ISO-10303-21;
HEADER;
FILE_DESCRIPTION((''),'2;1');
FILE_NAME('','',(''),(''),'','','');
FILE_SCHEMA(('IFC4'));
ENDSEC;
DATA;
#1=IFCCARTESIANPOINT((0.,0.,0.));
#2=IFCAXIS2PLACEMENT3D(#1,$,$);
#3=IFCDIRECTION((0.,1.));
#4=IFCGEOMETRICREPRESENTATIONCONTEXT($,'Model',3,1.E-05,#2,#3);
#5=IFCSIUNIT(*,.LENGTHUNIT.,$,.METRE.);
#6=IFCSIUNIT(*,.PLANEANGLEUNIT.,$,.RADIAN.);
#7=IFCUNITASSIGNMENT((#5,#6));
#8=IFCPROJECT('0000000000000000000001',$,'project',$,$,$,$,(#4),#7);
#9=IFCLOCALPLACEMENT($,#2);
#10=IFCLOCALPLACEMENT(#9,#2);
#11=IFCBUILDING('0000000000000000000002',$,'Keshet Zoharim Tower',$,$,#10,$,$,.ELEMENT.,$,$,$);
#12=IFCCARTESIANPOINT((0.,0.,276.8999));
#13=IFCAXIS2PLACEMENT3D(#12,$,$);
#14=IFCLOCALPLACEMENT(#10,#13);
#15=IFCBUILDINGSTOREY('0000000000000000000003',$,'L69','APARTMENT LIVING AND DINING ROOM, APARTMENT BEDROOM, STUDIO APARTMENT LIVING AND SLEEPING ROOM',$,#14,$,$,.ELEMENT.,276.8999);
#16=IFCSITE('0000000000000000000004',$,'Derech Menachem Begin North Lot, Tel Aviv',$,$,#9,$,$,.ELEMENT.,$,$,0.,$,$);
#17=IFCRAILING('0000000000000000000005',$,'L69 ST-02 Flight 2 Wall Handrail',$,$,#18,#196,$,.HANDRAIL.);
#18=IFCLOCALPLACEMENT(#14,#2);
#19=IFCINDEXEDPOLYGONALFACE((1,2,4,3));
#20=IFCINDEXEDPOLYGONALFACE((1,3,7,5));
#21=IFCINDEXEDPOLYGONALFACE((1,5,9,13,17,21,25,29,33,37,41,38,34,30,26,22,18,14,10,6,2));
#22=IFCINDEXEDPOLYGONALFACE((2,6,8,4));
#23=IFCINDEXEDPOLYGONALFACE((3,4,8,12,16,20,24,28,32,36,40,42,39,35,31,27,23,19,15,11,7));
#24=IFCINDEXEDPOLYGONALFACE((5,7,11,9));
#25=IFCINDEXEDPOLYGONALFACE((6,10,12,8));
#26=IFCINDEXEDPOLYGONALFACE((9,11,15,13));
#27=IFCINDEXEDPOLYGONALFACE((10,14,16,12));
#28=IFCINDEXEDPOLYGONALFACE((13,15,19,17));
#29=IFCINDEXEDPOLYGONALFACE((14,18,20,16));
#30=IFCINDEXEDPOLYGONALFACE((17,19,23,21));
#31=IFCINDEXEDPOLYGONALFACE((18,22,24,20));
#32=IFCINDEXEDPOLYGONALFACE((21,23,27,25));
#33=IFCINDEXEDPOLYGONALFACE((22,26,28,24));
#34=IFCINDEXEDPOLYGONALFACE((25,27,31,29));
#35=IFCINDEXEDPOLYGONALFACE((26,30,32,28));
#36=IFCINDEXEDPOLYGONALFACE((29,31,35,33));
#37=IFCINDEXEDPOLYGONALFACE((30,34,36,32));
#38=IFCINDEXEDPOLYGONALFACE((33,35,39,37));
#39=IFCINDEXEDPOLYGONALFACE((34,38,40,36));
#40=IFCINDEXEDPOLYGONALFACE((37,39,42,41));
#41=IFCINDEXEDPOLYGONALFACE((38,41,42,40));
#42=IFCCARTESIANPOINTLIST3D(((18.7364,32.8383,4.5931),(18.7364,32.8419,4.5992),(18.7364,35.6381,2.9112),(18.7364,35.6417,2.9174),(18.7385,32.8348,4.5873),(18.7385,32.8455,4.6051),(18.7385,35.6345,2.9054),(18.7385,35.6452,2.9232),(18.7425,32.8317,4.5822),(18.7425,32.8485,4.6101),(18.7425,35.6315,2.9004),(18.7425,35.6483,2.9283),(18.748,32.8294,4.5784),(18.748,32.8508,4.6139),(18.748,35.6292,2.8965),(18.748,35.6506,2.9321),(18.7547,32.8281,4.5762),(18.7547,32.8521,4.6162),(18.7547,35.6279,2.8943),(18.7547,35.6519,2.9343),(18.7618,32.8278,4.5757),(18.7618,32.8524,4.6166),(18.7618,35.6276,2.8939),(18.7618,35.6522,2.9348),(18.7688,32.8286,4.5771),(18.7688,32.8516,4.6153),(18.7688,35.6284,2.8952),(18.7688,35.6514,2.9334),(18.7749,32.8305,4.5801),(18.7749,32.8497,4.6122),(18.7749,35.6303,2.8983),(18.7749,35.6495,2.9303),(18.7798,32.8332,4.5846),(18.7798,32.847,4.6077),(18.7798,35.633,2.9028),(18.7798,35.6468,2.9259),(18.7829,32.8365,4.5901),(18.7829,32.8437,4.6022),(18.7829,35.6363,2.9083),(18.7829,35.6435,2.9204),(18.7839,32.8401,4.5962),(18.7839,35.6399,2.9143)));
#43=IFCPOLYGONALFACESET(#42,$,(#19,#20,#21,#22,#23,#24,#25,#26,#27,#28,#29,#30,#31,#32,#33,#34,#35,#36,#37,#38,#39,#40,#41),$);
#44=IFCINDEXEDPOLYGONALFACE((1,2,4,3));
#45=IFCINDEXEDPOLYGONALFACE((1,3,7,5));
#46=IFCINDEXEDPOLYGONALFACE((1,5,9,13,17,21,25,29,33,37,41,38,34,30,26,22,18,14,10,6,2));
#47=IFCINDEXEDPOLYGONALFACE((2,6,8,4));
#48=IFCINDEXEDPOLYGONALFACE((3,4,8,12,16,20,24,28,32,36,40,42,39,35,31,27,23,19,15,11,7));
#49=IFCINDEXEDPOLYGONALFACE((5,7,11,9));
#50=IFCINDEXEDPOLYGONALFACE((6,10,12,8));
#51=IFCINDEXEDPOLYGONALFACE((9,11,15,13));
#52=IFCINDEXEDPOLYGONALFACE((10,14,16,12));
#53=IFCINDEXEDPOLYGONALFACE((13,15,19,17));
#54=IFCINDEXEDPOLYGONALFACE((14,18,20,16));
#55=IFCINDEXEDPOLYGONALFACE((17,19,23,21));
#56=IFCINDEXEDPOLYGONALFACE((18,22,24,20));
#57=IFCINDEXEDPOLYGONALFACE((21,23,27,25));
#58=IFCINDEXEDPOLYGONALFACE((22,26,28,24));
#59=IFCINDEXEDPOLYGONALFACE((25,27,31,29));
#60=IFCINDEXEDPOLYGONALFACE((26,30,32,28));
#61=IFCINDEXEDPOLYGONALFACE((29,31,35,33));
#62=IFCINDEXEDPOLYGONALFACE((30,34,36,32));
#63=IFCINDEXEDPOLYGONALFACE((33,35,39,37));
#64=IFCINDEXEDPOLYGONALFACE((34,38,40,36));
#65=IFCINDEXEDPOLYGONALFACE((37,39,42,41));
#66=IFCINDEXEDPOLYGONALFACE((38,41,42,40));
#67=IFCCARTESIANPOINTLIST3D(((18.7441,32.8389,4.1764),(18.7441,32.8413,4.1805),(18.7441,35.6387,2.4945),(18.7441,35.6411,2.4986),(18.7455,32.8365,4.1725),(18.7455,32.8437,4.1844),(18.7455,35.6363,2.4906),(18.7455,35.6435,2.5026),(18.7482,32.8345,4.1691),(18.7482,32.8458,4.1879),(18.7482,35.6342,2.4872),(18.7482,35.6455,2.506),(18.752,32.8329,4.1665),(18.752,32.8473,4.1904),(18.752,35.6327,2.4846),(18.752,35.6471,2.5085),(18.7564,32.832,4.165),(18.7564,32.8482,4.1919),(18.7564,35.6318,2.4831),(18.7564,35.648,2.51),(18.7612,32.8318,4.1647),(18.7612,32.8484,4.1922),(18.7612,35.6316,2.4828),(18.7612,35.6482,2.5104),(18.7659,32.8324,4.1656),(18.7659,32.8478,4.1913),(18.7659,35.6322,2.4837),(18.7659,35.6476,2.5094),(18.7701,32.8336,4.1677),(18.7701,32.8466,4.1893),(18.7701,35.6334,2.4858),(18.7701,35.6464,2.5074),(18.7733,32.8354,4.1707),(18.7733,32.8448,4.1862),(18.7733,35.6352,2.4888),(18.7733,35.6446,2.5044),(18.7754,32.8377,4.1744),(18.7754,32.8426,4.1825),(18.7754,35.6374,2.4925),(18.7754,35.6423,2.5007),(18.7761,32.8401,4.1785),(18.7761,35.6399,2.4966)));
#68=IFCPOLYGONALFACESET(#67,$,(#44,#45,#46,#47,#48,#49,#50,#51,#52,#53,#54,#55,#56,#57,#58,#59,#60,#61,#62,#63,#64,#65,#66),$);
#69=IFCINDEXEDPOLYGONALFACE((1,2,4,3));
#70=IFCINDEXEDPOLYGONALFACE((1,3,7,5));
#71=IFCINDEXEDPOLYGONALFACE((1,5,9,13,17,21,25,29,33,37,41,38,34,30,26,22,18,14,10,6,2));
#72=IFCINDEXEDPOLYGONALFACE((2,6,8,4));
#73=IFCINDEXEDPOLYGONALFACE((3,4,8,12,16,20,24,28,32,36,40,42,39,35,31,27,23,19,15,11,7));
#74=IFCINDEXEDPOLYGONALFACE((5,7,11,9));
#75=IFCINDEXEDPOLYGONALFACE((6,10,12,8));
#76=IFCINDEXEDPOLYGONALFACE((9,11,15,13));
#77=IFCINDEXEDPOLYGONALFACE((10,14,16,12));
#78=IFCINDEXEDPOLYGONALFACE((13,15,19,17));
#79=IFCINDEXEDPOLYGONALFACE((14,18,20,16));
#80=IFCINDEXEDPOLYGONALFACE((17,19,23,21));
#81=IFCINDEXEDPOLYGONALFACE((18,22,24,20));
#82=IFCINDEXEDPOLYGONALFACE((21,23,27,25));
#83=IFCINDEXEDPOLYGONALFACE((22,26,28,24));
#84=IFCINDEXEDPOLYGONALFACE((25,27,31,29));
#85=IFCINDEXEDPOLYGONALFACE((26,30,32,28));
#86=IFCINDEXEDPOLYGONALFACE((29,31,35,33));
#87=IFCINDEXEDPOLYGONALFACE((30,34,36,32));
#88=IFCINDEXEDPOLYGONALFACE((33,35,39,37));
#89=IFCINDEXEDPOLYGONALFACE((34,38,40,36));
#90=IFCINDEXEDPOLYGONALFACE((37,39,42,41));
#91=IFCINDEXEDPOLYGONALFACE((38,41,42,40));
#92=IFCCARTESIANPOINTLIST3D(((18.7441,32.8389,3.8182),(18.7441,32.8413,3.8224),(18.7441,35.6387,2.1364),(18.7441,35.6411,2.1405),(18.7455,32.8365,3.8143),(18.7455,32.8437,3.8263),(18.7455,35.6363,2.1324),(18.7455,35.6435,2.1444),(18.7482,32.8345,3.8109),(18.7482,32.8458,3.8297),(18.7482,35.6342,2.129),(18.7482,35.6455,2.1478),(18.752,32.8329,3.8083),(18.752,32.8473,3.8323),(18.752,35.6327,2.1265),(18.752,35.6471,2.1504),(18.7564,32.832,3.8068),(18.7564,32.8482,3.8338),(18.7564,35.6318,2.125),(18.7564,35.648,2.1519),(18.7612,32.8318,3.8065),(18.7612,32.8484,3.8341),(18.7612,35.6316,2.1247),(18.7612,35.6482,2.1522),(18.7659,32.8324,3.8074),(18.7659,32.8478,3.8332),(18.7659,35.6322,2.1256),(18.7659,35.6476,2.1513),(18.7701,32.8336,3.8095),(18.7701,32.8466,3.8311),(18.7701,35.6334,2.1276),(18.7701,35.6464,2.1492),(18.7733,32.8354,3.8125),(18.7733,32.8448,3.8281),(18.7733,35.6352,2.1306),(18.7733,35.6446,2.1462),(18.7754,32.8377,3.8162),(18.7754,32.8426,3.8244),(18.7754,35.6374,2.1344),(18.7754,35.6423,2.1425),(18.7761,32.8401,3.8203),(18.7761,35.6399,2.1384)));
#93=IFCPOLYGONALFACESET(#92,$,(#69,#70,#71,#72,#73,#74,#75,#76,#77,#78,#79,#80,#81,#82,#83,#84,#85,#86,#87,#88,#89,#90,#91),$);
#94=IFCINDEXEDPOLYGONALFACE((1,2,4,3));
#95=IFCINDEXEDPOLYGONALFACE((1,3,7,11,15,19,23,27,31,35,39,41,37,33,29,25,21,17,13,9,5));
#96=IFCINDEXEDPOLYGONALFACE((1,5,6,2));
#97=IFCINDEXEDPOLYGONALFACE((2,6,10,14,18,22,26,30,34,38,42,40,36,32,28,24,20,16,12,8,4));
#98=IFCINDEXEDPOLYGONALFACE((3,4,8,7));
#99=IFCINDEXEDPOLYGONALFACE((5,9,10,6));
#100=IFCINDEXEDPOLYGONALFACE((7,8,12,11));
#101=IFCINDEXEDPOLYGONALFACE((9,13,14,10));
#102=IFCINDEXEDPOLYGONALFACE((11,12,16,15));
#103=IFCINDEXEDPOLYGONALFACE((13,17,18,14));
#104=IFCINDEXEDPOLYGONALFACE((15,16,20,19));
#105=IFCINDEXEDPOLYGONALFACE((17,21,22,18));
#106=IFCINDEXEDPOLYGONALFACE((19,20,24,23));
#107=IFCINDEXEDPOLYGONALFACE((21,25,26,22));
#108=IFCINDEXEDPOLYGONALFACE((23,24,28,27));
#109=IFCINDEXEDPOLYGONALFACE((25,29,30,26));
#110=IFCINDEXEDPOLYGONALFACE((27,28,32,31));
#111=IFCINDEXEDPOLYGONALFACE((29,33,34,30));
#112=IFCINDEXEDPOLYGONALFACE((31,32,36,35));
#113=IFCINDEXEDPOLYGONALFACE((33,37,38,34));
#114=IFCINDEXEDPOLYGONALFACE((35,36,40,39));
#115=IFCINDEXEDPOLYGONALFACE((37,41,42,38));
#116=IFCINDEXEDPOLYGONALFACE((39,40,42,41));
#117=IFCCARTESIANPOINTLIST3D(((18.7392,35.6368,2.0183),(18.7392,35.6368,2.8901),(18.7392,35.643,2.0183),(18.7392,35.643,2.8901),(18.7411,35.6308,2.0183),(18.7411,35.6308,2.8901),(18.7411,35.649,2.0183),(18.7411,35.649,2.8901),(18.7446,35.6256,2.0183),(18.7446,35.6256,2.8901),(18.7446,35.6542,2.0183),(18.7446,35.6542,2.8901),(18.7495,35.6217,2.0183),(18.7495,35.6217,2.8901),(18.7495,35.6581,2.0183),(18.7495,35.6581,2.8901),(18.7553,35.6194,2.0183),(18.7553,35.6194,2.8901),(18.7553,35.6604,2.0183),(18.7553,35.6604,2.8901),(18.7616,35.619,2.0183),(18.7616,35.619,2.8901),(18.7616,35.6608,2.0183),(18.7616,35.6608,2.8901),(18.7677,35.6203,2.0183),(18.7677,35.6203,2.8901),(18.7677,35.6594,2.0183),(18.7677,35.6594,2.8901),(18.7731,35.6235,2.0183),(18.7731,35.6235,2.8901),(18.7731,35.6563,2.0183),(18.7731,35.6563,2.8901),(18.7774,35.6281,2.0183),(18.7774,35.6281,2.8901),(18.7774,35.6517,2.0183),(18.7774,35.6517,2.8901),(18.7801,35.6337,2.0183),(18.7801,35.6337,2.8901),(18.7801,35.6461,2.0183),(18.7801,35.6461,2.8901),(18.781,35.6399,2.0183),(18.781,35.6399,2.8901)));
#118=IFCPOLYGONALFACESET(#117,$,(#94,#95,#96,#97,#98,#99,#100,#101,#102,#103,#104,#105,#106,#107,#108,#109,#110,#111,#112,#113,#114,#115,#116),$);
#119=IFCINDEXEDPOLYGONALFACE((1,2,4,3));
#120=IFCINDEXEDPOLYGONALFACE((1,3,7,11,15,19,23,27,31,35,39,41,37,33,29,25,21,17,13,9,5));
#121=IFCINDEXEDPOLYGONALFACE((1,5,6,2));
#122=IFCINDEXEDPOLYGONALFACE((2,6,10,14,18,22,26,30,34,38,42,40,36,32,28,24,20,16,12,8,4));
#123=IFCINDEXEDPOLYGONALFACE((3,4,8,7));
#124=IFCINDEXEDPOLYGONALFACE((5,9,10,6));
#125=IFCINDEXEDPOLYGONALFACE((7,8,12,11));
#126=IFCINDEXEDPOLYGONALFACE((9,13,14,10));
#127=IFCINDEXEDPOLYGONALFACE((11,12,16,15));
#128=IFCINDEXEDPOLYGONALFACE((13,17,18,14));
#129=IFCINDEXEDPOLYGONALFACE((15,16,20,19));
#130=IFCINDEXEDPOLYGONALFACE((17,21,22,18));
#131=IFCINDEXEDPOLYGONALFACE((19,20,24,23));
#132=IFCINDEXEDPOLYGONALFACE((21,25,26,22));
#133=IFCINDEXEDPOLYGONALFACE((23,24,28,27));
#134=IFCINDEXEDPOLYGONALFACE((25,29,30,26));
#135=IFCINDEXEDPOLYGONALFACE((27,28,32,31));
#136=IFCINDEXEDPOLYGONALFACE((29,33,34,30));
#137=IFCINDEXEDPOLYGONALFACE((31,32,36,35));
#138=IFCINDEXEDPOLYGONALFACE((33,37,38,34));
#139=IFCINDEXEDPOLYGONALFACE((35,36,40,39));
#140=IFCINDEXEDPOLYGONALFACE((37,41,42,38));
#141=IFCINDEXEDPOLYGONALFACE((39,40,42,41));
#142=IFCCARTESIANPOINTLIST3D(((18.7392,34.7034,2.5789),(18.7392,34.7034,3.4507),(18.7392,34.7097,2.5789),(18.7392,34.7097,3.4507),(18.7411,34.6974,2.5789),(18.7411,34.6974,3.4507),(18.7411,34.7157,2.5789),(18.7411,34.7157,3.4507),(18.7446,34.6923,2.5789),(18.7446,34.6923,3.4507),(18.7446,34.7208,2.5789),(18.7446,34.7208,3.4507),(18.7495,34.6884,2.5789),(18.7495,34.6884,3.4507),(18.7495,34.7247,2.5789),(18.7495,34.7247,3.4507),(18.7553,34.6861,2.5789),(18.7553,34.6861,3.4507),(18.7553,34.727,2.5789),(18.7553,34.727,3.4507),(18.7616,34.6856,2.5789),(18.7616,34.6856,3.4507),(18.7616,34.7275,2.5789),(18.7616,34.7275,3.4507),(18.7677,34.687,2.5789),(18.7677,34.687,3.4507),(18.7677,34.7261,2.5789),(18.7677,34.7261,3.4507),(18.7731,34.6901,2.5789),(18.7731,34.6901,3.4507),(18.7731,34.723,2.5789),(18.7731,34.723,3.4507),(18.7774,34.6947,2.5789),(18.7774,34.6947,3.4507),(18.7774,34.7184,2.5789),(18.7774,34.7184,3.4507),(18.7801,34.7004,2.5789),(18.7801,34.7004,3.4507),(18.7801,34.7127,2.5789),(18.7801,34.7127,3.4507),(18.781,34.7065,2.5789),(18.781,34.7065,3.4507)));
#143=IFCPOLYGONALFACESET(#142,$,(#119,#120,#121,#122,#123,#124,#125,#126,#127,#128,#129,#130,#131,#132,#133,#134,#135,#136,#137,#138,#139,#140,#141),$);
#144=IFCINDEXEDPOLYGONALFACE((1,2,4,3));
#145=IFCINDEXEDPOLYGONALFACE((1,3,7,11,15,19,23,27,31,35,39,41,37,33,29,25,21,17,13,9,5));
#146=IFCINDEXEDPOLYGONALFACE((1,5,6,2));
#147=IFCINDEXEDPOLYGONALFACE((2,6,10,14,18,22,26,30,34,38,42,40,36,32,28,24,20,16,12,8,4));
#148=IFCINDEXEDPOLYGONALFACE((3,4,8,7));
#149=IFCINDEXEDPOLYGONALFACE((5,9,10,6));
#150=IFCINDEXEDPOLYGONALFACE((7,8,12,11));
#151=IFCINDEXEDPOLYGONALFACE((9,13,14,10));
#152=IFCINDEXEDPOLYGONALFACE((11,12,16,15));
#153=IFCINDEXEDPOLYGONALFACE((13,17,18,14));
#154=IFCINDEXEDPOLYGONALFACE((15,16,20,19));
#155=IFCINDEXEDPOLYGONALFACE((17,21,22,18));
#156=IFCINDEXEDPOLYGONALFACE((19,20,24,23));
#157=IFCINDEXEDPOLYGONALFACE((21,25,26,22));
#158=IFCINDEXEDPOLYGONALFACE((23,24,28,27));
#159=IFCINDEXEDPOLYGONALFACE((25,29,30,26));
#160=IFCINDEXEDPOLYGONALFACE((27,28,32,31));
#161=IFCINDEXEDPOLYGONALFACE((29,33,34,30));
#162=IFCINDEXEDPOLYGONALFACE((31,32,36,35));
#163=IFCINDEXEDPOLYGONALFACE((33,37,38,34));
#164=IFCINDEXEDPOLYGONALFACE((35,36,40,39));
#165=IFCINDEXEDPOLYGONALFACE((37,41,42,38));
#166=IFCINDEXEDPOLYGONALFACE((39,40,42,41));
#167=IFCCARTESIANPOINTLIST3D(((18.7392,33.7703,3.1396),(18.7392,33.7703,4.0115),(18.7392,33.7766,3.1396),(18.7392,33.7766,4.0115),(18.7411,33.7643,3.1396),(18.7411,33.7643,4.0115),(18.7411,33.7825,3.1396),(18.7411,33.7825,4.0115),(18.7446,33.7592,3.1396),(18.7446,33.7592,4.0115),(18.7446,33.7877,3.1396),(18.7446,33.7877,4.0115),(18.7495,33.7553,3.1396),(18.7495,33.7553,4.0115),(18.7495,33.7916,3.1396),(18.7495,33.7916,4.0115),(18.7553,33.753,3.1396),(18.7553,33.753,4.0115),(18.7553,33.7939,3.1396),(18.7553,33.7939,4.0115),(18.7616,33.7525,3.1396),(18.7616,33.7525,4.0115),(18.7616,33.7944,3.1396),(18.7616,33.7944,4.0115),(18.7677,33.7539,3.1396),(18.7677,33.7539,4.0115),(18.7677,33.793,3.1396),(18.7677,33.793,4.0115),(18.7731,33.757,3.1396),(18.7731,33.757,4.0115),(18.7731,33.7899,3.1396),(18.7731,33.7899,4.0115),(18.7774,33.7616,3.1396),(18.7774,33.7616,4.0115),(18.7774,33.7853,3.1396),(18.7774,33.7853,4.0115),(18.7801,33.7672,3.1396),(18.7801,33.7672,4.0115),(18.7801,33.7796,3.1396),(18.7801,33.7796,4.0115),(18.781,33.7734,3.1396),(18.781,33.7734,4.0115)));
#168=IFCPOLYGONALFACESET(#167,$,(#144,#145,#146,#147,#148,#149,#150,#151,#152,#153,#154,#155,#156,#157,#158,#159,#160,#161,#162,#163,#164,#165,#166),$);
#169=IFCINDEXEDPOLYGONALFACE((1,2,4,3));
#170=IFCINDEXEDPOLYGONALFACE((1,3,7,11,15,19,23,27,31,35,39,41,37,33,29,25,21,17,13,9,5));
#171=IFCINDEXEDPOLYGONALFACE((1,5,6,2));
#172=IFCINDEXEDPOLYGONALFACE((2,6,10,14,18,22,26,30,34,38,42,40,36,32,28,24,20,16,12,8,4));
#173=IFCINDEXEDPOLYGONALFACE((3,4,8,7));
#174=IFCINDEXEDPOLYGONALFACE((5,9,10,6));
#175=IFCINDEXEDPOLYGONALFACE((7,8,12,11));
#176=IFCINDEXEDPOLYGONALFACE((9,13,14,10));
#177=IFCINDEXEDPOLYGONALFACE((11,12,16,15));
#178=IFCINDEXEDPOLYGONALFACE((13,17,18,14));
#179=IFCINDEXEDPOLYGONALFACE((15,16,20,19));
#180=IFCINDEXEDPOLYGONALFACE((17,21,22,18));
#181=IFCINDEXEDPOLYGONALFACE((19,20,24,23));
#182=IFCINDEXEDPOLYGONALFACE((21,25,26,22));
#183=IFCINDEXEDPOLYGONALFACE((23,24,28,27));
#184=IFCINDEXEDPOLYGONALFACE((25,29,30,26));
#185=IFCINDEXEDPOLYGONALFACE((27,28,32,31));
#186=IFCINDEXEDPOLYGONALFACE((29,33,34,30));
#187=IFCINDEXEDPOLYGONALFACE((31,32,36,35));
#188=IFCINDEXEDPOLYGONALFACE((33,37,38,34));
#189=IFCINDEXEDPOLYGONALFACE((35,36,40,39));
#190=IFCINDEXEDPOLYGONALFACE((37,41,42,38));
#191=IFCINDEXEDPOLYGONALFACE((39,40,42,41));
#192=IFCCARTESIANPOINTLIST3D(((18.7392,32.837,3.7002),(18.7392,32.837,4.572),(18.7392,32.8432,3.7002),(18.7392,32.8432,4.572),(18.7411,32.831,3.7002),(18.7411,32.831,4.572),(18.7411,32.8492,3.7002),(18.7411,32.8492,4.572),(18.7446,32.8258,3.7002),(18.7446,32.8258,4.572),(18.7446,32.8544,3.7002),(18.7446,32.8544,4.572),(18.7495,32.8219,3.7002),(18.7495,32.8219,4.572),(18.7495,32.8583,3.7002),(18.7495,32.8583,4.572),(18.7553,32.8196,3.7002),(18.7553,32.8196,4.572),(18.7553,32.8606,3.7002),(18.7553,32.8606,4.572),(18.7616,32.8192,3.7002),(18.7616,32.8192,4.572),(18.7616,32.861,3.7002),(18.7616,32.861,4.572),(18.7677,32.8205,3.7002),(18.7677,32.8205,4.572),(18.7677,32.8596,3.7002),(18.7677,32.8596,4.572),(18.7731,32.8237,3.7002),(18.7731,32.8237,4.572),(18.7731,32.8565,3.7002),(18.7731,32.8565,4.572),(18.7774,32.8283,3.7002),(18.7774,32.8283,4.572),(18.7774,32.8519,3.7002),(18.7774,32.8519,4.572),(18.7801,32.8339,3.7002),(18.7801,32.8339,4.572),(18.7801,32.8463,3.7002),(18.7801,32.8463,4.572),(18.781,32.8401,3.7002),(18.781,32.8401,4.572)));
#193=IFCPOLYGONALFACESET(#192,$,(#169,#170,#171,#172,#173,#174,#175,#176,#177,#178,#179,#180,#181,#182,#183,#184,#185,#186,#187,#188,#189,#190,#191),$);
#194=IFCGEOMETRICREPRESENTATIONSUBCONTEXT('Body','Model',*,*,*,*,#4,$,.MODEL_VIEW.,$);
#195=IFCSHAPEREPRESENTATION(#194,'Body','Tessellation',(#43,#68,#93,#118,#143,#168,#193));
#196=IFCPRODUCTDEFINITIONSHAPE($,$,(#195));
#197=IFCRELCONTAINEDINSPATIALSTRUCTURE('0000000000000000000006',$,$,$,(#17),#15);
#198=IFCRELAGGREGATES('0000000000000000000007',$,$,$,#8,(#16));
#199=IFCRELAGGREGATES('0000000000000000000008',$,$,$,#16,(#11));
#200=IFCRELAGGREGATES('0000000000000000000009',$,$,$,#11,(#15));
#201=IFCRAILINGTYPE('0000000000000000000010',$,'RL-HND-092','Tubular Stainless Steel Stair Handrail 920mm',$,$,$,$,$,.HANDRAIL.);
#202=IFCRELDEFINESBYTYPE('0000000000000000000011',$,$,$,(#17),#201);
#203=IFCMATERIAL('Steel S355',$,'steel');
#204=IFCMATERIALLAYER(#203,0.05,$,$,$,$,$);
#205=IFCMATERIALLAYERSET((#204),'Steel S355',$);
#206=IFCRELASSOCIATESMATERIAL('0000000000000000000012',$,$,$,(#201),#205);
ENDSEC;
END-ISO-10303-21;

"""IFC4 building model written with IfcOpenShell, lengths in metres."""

from ifc_helpers import new_model, si_unit, direction, frame, origin, origin_2d, place, context, subcontext, project, spatial, circle, extrude, material, layer, layer_set, type_object, element, save


model = new_model("IFC4")

# Units and contexts
model_context = context("Model", 3, precision=1e-05, world=origin(), true_north=direction((0.0, 1.0)))
body_context = subcontext(model_context, "Body", "Model", "MODEL_VIEW")
ifc_project = project(units=[si_unit("LENGTHUNIT", "METRE"), si_unit("PLANEANGLEUNIT", "RADIAN")], contexts=[model_context])

# Site, building, storey
site_placement = place(None, origin())
site = spatial("IfcSite", under=ifc_project, at=site_placement, Name="Derech Menachem Begin North Lot, Tel Aviv", CompositionType="ELEMENT", RefElevation=0.0)
building_placement = place(site_placement, origin())
building = spatial("IfcBuilding", under=site, at=building_placement, Name="Keshet Zoharim Tower", CompositionType="ELEMENT")
storey_placement = place(building_placement, frame((0.0, 0.0, 276.8999)))
storey = spatial("IfcBuildingStorey", under=building, at=storey_placement, Name="L69", Description="APARTMENT LIVING AND DINING ROOM, APARTMENT BEDROOM, STUDIO APARTMENT LIVING AND SLEEPING ROOM", CompositionType="ELEMENT", Elevation=276.8999)

# Shared definitions
ifc_material_1 = material(Name="Steel S355", Category="steel")

# Railing
ifc_layer_1 = layer(ifc_material_1, 0.05)
ifc_layer_set_1 = layer_set([ifc_layer_1], Name="Steel S355")
railing_type_1 = type_object("IfcRailingType", Name="RL-HND-092", Description="Tubular Stainless Steel Stair Handrail 920mm", PredefinedType="HANDRAIL", material=ifc_layer_set_1)
railing_1_placement = place(storey_placement, frame((18.76, 35.6399, 2.0183)))
element("IfcRailing", 1, at=railing_1_placement, inside=storey, type_object=railing_type_1, Name="L69 ST-02 Flight 2 Wall Handrail", PredefinedType="HANDRAIL", context=body_context, shape_type="SweptSolid", body=[
    extrude(circle(Radius=0.0239, at=origin_2d()), frame((0.0, 0.0, 0.896), z_axis=(0.0, -0.857222, 0.514946), x_axis=(1.0, 0.0, 0.0)), (0.0, 0.0, 1.0), 3.2661),
    extrude(circle(Radius=0.0161, at=origin_2d()), frame((0.0, 0.0, 0.4783), z_axis=(0.0, -0.857222, 0.514946), x_axis=(1.0, 0.0, 0.0)), (0.0, 0.0, 1.0), 3.2661),
    extrude(circle(Radius=0.0161, at=origin_2d()), frame((0.0, 0.0, 0.1201), z_axis=(0.0, -0.857222, 0.514946), x_axis=(1.0, 0.0, 0.0)), (0.0, 0.0, 1.0), 3.2661),
    extrude(circle(Radius=0.021, at=origin_2d()), origin(), (0.0, 0.0, 1.0), 0.8718),
    extrude(circle(Radius=0.021, at=origin_2d()), frame((0.0, -0.9333, 0.5605)), (0.0, 0.0, 1.0), 0.8718),
    extrude(circle(Radius=0.021, at=origin_2d()), frame((0.0, -1.8665, 1.1213)), (0.0, 0.0, 1.0), 0.8718),
    extrude(circle(Radius=0.021, at=origin_2d()), frame((0.0, -2.7998, 1.6819)), (0.0, 0.0, 1.0), 0.8718),
])

save(model, "model.ifc")
